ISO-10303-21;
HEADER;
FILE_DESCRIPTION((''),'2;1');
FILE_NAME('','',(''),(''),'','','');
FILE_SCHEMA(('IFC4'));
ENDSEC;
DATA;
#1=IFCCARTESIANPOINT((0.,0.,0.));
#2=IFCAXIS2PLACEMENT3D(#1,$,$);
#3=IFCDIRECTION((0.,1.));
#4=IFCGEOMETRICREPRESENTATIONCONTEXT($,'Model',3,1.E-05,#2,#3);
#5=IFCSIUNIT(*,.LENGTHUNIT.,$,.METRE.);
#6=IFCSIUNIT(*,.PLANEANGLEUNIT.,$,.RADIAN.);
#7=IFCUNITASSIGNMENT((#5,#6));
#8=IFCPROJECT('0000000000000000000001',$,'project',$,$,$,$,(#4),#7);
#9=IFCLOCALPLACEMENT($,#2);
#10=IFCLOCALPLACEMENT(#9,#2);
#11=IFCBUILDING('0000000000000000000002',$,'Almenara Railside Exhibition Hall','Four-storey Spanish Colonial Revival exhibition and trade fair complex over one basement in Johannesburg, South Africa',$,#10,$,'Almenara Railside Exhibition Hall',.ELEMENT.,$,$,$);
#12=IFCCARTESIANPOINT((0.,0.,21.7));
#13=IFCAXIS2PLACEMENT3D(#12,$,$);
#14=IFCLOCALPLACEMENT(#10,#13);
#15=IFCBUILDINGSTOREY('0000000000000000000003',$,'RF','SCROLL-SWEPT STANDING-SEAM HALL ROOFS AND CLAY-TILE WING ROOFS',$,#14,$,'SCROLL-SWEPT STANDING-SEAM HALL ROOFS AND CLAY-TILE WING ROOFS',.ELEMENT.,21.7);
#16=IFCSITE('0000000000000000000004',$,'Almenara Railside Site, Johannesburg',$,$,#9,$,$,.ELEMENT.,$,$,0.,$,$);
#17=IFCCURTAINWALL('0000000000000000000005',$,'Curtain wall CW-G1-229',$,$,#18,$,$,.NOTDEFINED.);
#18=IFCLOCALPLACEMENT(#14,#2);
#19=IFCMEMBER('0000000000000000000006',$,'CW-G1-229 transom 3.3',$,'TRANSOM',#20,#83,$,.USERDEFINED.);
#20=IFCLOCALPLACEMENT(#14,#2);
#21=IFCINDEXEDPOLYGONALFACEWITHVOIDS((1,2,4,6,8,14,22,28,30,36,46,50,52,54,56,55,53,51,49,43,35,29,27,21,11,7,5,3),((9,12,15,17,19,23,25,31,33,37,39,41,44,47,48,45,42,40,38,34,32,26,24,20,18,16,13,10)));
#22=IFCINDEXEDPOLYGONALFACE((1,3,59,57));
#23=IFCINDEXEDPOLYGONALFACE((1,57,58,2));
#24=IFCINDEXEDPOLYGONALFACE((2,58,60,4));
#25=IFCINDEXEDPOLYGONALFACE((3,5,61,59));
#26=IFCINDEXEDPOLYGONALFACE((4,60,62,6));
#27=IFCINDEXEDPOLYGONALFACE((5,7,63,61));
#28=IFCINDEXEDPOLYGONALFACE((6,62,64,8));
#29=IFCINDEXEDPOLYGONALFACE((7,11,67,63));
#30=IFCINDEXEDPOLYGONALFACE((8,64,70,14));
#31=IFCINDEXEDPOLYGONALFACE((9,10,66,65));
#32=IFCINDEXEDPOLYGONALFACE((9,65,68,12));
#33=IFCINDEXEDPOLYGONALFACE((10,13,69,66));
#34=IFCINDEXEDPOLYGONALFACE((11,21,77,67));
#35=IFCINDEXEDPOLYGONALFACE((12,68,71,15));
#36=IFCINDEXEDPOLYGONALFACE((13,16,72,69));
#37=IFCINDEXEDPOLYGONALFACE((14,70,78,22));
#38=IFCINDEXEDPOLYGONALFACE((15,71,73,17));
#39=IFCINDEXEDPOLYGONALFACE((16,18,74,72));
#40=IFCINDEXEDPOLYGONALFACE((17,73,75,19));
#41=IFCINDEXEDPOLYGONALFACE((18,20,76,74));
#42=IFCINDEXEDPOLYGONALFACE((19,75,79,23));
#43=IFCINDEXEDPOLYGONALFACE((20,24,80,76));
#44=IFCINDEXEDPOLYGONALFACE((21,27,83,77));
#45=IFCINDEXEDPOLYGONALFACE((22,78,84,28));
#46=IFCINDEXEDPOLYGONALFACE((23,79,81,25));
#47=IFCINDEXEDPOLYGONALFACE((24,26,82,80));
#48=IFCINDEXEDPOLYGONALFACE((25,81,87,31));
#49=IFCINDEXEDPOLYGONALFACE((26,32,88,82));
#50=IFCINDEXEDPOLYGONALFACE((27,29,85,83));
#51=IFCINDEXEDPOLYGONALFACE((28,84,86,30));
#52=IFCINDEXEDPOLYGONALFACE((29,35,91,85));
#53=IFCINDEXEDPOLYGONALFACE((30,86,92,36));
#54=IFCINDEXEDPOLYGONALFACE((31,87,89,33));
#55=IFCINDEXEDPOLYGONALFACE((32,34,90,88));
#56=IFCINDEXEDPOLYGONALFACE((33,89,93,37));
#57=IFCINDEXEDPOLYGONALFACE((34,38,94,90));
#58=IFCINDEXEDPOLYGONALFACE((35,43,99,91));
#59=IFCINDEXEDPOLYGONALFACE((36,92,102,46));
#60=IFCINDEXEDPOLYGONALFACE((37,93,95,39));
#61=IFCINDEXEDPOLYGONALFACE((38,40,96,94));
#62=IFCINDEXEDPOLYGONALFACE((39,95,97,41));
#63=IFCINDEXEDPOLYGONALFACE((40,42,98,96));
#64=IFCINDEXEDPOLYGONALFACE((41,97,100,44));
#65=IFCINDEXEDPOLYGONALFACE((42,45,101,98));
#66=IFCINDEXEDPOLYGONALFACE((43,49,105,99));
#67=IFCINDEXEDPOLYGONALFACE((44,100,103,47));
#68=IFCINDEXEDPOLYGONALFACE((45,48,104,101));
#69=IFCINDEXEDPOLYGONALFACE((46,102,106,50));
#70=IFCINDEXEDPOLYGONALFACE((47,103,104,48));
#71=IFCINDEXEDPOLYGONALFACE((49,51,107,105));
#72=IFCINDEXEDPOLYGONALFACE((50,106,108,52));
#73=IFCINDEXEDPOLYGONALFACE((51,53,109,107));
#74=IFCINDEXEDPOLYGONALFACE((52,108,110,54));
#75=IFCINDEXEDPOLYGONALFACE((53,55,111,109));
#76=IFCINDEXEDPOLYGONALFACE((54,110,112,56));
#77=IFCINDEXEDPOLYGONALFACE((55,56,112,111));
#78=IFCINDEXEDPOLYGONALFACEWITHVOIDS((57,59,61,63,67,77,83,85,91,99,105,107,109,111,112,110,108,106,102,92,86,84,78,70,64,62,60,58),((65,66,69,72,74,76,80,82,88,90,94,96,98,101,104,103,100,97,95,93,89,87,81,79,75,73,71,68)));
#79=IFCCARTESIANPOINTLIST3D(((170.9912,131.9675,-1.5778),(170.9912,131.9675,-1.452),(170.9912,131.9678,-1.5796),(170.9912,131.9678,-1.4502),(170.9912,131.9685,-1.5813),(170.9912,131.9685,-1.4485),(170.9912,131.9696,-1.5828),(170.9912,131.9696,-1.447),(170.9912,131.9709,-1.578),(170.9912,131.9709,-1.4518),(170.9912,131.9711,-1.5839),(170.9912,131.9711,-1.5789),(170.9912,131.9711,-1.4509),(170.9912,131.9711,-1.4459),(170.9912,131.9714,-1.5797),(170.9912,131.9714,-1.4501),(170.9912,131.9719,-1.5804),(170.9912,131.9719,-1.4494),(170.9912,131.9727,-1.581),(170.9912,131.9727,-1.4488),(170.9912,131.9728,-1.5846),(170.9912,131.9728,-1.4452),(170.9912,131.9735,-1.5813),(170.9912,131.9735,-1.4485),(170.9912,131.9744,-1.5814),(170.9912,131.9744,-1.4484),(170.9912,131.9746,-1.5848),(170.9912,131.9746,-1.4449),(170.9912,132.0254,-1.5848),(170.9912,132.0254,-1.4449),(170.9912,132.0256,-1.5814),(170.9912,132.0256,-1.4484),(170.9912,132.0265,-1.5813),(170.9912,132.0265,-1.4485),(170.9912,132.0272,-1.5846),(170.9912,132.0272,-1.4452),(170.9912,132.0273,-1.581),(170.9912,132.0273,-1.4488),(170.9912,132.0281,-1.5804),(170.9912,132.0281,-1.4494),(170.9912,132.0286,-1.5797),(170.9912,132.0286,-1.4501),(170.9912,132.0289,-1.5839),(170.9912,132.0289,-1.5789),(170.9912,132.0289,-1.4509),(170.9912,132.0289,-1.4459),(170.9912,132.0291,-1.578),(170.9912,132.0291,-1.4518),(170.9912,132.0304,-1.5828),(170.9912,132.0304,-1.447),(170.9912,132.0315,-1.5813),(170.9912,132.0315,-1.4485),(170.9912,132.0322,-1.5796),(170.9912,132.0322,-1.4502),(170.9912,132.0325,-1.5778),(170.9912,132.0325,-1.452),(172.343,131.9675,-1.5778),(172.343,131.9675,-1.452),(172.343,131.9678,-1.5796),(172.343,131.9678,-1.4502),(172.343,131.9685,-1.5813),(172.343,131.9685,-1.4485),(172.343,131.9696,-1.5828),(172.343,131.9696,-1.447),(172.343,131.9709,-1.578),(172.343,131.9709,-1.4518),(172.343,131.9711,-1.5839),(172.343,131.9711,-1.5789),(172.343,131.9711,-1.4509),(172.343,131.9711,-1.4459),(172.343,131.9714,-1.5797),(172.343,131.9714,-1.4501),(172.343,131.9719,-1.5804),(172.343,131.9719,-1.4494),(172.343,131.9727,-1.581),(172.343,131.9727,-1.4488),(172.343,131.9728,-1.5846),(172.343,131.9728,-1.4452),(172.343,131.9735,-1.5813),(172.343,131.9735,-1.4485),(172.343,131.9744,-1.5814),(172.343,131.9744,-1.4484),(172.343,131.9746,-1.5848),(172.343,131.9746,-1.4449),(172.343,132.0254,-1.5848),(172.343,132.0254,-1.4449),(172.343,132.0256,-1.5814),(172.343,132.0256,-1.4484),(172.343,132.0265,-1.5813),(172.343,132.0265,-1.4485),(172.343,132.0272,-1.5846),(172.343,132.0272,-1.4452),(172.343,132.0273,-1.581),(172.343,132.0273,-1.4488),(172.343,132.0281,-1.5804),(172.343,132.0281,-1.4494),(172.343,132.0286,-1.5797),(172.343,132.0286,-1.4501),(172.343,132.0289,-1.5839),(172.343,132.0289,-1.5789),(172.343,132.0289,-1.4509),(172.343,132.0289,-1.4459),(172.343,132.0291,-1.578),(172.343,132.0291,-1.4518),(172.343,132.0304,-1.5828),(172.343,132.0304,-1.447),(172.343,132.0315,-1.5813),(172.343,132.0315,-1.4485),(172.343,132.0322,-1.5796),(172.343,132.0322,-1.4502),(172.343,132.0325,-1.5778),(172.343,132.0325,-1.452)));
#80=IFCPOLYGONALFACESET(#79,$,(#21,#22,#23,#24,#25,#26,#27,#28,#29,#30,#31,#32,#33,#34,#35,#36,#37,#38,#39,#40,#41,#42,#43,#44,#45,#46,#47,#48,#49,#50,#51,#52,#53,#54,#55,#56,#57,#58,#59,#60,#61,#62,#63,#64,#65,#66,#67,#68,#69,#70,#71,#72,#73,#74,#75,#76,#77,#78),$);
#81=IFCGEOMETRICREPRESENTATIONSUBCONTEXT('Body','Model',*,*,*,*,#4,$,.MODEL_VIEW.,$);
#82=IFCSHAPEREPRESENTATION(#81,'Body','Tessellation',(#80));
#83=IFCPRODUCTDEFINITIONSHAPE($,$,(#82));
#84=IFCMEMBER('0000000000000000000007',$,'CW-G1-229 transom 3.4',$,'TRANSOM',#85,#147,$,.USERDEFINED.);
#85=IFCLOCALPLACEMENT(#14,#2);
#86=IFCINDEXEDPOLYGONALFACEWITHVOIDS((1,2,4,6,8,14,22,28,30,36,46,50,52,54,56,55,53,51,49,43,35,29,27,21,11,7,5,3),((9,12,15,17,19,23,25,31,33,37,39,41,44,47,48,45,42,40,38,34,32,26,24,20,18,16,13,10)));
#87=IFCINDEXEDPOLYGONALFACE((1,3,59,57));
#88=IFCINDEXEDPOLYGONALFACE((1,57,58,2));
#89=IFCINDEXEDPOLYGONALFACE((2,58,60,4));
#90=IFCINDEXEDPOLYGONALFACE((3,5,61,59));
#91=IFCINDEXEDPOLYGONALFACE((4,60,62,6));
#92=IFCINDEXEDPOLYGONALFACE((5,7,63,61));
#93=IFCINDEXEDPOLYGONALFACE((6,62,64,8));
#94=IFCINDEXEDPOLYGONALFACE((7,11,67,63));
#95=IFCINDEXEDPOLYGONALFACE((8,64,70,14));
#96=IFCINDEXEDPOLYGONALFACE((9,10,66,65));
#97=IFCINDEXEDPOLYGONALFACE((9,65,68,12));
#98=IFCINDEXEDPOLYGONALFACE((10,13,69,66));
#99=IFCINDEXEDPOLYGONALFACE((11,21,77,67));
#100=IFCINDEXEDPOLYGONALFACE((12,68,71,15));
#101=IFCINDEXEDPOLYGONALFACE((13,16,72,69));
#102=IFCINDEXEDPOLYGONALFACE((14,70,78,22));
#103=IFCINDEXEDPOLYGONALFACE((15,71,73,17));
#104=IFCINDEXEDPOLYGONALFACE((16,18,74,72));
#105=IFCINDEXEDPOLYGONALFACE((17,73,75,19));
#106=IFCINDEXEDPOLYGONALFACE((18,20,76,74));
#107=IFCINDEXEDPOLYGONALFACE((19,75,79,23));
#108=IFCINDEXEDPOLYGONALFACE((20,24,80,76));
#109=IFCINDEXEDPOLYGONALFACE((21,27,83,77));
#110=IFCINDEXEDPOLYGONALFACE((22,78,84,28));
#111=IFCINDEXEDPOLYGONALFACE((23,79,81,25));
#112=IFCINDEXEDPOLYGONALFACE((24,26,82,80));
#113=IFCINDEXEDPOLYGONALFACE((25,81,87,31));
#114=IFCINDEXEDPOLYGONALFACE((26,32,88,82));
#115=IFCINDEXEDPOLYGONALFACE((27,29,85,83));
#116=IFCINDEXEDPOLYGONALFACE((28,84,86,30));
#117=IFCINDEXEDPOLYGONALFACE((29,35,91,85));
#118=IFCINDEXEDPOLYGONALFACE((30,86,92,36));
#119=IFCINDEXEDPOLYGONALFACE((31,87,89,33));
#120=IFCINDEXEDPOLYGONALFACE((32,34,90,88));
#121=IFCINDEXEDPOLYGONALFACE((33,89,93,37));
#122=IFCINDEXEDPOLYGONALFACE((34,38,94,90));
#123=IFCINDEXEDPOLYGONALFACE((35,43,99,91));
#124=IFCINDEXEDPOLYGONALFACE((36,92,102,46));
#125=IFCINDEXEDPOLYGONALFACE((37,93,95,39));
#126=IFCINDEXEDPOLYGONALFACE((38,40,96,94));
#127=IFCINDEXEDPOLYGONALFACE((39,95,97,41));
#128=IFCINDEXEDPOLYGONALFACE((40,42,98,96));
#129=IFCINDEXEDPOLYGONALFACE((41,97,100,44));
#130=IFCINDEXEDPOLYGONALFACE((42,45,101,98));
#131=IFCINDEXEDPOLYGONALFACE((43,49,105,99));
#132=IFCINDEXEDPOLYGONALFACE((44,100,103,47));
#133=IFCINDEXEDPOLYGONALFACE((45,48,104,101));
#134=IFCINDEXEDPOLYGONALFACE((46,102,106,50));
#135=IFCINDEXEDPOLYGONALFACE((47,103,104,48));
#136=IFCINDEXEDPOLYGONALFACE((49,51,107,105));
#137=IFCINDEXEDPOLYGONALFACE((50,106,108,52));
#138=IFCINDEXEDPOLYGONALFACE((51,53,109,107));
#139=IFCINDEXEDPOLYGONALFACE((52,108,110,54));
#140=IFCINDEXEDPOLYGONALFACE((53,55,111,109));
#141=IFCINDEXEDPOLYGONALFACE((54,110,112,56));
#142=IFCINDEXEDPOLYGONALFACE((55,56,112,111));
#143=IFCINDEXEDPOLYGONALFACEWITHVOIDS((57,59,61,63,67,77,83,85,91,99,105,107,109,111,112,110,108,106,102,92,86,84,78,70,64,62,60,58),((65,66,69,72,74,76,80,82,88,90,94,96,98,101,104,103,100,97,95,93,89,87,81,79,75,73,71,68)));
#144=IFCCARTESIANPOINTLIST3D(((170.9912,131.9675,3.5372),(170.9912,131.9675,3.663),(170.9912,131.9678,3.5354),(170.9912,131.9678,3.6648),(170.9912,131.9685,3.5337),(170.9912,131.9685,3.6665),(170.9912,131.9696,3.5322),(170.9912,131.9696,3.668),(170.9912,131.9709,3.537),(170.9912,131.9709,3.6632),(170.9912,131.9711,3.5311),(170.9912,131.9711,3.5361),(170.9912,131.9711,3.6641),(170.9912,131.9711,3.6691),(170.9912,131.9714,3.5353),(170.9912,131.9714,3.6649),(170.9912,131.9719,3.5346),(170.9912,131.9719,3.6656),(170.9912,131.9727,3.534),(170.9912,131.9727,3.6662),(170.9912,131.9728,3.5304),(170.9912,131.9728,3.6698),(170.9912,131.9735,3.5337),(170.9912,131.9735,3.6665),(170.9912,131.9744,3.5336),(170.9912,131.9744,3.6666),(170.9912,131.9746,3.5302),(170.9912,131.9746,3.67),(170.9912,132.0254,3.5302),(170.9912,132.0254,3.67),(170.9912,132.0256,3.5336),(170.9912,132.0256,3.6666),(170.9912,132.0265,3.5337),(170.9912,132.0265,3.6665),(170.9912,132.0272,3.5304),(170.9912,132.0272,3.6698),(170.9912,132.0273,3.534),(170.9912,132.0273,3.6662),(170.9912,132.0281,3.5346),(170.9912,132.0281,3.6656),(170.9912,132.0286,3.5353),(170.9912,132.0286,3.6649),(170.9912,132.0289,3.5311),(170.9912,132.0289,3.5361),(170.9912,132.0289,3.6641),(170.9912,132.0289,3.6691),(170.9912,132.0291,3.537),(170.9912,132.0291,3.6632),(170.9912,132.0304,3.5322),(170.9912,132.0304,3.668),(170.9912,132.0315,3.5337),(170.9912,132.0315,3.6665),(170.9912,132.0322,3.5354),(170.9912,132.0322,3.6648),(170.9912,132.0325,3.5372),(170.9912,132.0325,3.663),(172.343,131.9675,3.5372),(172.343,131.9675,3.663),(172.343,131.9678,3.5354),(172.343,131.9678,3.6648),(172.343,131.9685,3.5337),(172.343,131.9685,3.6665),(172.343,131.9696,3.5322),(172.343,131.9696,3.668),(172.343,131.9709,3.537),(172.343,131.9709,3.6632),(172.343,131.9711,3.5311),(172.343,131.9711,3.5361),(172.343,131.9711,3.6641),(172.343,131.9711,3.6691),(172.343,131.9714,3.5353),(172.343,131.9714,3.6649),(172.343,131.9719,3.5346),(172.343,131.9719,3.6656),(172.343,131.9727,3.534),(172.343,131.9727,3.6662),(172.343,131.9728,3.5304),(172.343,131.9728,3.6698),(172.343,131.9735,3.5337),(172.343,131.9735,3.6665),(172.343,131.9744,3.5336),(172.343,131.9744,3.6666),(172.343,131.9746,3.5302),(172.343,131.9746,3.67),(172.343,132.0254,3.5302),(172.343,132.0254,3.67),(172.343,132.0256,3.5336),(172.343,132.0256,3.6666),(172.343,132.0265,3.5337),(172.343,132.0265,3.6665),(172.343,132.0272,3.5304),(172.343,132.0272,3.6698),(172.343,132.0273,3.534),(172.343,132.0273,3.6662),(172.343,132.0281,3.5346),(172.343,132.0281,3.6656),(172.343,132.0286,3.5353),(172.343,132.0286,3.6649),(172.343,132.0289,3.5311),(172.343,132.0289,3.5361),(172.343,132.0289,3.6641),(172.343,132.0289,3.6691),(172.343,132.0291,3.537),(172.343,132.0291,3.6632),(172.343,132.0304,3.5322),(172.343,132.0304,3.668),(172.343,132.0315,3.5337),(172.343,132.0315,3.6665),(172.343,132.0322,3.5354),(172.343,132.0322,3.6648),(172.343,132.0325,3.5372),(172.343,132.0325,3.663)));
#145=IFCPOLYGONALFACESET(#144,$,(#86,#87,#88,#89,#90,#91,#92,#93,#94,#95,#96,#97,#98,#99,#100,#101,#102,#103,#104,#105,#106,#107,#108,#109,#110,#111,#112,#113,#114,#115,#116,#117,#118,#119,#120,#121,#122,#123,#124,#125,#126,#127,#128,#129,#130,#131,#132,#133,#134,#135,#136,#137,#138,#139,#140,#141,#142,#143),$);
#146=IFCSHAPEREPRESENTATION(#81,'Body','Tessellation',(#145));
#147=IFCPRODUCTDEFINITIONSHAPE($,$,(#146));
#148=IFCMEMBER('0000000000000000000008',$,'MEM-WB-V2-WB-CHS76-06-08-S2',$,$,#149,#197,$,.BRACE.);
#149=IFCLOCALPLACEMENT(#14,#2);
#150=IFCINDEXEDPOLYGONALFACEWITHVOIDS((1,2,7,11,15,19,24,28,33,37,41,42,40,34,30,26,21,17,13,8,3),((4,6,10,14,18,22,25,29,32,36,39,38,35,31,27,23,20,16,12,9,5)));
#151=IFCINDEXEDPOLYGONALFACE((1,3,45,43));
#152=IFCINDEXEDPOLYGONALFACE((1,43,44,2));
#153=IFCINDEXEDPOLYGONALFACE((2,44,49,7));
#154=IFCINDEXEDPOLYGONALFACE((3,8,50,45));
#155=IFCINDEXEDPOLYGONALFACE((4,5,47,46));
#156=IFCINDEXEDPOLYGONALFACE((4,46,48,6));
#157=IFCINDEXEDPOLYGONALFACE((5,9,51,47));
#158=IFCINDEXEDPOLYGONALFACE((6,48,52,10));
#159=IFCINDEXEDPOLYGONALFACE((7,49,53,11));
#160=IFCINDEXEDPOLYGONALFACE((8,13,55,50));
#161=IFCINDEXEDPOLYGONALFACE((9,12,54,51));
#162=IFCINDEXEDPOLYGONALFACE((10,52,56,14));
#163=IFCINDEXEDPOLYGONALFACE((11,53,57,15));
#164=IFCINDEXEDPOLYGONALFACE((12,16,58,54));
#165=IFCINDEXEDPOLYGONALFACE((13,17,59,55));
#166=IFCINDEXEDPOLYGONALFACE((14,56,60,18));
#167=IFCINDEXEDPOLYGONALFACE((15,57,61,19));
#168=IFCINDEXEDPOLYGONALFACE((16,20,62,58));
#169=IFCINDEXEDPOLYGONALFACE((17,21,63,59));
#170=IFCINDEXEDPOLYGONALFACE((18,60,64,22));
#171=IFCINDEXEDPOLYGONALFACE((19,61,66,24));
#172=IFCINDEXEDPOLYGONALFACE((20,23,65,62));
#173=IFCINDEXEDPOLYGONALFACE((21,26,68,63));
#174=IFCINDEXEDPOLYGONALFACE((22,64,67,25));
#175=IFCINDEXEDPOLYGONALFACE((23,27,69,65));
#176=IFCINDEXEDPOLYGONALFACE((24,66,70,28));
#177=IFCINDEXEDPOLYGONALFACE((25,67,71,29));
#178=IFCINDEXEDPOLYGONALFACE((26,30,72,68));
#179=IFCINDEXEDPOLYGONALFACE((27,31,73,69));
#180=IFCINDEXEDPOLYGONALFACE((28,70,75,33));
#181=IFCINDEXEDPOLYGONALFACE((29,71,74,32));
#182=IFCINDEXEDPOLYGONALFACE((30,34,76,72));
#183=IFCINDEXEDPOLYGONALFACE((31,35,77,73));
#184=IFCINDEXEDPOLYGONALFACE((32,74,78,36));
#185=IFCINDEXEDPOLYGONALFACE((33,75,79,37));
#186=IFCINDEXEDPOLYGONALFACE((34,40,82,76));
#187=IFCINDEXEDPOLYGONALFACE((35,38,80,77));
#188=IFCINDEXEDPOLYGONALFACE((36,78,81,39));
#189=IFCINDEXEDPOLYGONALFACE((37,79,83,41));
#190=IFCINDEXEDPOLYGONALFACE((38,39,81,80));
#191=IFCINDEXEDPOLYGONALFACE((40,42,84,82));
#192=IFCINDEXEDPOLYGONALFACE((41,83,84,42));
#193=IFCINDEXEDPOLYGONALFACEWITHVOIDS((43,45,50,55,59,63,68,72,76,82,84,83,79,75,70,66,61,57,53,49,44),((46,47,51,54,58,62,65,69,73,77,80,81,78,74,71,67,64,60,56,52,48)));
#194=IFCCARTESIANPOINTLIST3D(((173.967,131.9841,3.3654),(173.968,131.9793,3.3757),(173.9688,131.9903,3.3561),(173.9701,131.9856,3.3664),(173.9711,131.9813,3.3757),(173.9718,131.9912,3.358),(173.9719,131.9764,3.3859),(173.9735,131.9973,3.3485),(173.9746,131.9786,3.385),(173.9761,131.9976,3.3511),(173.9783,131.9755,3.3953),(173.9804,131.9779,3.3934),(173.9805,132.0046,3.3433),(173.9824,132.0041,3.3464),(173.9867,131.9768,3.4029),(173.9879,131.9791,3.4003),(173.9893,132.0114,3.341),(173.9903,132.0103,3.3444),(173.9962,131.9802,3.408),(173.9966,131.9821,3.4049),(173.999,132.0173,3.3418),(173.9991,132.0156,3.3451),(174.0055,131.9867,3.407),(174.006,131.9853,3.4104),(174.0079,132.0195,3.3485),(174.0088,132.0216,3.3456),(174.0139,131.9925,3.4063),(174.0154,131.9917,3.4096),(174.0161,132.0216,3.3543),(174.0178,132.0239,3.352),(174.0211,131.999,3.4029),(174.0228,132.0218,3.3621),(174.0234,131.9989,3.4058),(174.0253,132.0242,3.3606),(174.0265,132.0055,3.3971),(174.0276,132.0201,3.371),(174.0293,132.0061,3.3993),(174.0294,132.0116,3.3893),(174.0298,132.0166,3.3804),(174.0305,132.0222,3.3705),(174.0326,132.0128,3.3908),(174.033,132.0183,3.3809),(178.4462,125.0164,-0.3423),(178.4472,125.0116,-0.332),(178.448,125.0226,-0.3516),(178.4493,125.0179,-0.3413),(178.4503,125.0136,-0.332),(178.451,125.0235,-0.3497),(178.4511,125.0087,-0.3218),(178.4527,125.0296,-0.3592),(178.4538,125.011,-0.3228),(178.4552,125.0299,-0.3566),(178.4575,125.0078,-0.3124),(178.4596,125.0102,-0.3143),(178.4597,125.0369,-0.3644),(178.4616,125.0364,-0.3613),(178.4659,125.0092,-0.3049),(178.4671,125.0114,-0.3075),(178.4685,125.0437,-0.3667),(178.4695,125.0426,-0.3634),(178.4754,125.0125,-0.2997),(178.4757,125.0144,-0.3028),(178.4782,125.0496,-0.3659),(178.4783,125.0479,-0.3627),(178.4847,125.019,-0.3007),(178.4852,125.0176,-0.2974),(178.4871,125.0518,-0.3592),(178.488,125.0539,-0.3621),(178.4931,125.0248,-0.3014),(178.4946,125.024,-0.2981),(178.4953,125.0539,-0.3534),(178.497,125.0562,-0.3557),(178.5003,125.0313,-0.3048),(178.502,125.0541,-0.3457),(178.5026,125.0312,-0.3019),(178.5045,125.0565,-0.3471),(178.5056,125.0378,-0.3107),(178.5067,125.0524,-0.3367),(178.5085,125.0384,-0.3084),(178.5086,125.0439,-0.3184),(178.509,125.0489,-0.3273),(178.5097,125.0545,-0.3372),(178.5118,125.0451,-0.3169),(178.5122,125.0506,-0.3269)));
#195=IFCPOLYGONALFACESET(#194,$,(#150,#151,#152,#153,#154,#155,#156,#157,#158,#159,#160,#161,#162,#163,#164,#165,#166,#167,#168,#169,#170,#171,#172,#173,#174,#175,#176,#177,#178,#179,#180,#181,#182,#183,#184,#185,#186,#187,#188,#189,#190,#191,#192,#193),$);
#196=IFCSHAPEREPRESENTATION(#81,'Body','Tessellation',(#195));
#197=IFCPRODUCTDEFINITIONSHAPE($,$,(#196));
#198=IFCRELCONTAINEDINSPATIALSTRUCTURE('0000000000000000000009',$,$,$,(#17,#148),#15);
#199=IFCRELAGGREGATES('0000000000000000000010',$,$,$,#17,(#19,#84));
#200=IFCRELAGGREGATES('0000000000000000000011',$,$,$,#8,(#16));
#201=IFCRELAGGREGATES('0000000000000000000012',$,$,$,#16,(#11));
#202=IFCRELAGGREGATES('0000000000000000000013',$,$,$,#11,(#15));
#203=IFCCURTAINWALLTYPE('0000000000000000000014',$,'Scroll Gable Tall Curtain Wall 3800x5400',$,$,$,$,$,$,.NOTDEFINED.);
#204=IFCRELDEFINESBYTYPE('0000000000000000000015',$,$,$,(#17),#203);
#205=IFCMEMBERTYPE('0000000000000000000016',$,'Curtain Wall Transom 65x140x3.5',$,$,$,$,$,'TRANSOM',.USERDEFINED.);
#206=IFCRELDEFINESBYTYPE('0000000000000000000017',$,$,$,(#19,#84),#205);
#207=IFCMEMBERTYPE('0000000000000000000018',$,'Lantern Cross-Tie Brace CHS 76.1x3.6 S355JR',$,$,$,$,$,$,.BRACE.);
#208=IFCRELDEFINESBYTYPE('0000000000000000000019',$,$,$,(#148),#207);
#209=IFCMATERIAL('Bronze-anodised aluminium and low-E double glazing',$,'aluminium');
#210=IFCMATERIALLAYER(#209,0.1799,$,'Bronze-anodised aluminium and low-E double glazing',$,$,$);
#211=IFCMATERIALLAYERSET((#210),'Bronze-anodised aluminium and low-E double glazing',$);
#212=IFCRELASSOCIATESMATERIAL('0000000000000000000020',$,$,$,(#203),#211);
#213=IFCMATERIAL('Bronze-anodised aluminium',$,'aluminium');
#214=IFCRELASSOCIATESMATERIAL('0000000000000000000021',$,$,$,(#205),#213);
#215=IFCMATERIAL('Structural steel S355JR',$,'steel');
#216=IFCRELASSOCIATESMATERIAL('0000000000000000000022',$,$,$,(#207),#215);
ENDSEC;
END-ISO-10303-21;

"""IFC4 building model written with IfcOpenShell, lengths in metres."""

from ifc_helpers import new_model, si_unit, direction, frame, origin, origin_2d, place, context, subcontext, project, spatial, hollow_rectangle, hollow_circle, extrude, material, layer, layer_set, material_profile, profile_set, type_object, element, aggregate, save


model = new_model("IFC4")

# Units and contexts
model_context = context("Model", 3, precision=1e-05, world=origin(), true_north=direction((0.0, 1.0)))
body_context = subcontext(model_context, "Body", "Model", "MODEL_VIEW")
ifc_project = project(units=[si_unit("LENGTHUNIT", "METRE"), si_unit("PLANEANGLEUNIT", "RADIAN")], contexts=[model_context])

# Site, building, storey
site_placement = place(None, origin())
site = spatial("IfcSite", under=ifc_project, at=site_placement, Name="Almenara Railside Site, Johannesburg", CompositionType="ELEMENT", RefElevation=0.0)
building_placement = place(site_placement, origin())
building = spatial("IfcBuilding", under=site, at=building_placement, Name="Almenara Railside Exhibition Hall", Description="Four-storey Spanish Colonial Revival exhibition and trade fair complex over one basement in Johannesburg, South Africa", LongName="Almenara Railside Exhibition Hall", CompositionType="ELEMENT")
storey_placement = place(building_placement, frame((0.0, 0.0, 21.7)))
storey = spatial("IfcBuildingStorey", under=building, at=storey_placement, Name="RF", Description="SCROLL-SWEPT STANDING-SEAM HALL ROOFS AND CLAY-TILE WING ROOFS", LongName="SCROLL-SWEPT STANDING-SEAM HALL ROOFS AND CLAY-TILE WING ROOFS", CompositionType="ELEMENT", Elevation=21.7)

# Shared definitions
ifc_material_1 = material(Name="Structural steel S355JR", Category="steel")

# Shared definitions
ifc_material_2 = material(Name="Bronze-anodised aluminium and low-E double glazing", Category="aluminium")
ifc_layer_1 = layer(ifc_material_2, 0.1799, Name="Bronze-anodised aluminium and low-E double glazing")
ifc_layer_set_1 = layer_set([ifc_layer_1], Name="Bronze-anodised aluminium and low-E double glazing")
curtain_wall_type = type_object("IfcCurtainWallType", Name="Scroll Gable Tall Curtain Wall 3800x5400", PredefinedType="NOTDEFINED", material=ifc_layer_set_1)
ifc_material_3 = material(Name="Bronze-anodised aluminium", Category="aluminium")

# Curtain wall, members
curtain_wall_1_placement = place(storey_placement, origin())
curtain_wall_1 = element("IfcCurtainWall", 1, at=curtain_wall_1_placement, inside=storey, type_object=curtain_wall_type, Name="Curtain wall CW-G1-229", PredefinedType="NOTDEFINED")
ifc_material_profile_1 = material_profile(ifc_material_3, hollow_rectangle(XDim=0.0649, YDim=0.1399, WallThickness=0.0034, InnerFilletRadius=0.0034, OuterFilletRadius=0.0071, at=origin_2d()), Name="ALU-TRN 65x140x3.5")
ifc_profile_set_1 = profile_set([ifc_material_profile_1], Name="Bronze-anodised aluminium")
member_type_1 = type_object("IfcMemberType", Name="Curtain Wall Transom 65x140x3.5", ElementType="TRANSOM", PredefinedType="USERDEFINED", material=ifc_profile_set_1)
member_1_placement = place(storey_placement, frame((170.9912, 132.0, -1.5149), z_axis=(1.0, 0.0, 0.0), x_axis=(0.0, 1.0, 0.0)))
member_1 = element("IfcMember", 2, at=member_1_placement, type_object=member_type_1, Name="CW-G1-229 transom 3.3", ObjectType="TRANSOM", PredefinedType="USERDEFINED", context=body_context, shape_type="SweptSolid", body=[
    extrude(hollow_rectangle(XDim=0.0649, YDim=0.1399, WallThickness=0.0034, InnerFilletRadius=0.0034, OuterFilletRadius=0.0071, at=origin_2d()), origin(), (0.0, 0.0, 1.0), 1.3518),
])
member_2_placement = place(storey_placement, frame((170.9912, 132.0, 3.6001), z_axis=(1.0, 0.0, 0.0), x_axis=(0.0, 1.0, 0.0)))
member_2 = element("IfcMember", 3, at=member_2_placement, type_object=member_type_1, Name="CW-G1-229 transom 3.4", ObjectType="TRANSOM", PredefinedType="USERDEFINED", context=body_context, shape_type="SweptSolid", body=[
    extrude(hollow_rectangle(XDim=0.0649, YDim=0.1399, WallThickness=0.0034, InnerFilletRadius=0.0034, OuterFilletRadius=0.0071, at=origin_2d()), origin(), (0.0, 0.0, 1.0), 1.3518),
])

# Member
ifc_material_profile_2 = material_profile(ifc_material_1, hollow_circle(Radius=0.0381, WallThickness=0.0037, at=origin_2d()), Name="CHS 76.1x3.6")
ifc_profile_set_2 = profile_set([ifc_material_profile_2], Name="Structural steel S355JR")
member_type_2 = type_object("IfcMemberType", Name="Lantern Cross-Tie Brace CHS 76.1x3.6 S355JR", PredefinedType="BRACE", material=ifc_profile_set_2)
member_3_placement = place(storey_placement, frame((178.4792, 125.0322, -0.332), z_axis=(-0.493565, 0.767773, 0.408556), x_axis=(-0.84118, -0.540755, 0.0)))
element("IfcMember", 4, at=member_3_placement, inside=storey, type_object=member_type_2, Name="MEM-WB-V2-WB-CHS76-06-08-S2", PredefinedType="BRACE", context=body_context, shape_type="SweptSolid", body=[
    extrude(hollow_circle(Radius=0.0381, WallThickness=0.0037, at=origin_2d()), origin(), (0.0, 0.0, 1.0), 9.0752),
])

aggregate(curtain_wall_1, [member_1, member_2])

save(model, "model.ifc")
